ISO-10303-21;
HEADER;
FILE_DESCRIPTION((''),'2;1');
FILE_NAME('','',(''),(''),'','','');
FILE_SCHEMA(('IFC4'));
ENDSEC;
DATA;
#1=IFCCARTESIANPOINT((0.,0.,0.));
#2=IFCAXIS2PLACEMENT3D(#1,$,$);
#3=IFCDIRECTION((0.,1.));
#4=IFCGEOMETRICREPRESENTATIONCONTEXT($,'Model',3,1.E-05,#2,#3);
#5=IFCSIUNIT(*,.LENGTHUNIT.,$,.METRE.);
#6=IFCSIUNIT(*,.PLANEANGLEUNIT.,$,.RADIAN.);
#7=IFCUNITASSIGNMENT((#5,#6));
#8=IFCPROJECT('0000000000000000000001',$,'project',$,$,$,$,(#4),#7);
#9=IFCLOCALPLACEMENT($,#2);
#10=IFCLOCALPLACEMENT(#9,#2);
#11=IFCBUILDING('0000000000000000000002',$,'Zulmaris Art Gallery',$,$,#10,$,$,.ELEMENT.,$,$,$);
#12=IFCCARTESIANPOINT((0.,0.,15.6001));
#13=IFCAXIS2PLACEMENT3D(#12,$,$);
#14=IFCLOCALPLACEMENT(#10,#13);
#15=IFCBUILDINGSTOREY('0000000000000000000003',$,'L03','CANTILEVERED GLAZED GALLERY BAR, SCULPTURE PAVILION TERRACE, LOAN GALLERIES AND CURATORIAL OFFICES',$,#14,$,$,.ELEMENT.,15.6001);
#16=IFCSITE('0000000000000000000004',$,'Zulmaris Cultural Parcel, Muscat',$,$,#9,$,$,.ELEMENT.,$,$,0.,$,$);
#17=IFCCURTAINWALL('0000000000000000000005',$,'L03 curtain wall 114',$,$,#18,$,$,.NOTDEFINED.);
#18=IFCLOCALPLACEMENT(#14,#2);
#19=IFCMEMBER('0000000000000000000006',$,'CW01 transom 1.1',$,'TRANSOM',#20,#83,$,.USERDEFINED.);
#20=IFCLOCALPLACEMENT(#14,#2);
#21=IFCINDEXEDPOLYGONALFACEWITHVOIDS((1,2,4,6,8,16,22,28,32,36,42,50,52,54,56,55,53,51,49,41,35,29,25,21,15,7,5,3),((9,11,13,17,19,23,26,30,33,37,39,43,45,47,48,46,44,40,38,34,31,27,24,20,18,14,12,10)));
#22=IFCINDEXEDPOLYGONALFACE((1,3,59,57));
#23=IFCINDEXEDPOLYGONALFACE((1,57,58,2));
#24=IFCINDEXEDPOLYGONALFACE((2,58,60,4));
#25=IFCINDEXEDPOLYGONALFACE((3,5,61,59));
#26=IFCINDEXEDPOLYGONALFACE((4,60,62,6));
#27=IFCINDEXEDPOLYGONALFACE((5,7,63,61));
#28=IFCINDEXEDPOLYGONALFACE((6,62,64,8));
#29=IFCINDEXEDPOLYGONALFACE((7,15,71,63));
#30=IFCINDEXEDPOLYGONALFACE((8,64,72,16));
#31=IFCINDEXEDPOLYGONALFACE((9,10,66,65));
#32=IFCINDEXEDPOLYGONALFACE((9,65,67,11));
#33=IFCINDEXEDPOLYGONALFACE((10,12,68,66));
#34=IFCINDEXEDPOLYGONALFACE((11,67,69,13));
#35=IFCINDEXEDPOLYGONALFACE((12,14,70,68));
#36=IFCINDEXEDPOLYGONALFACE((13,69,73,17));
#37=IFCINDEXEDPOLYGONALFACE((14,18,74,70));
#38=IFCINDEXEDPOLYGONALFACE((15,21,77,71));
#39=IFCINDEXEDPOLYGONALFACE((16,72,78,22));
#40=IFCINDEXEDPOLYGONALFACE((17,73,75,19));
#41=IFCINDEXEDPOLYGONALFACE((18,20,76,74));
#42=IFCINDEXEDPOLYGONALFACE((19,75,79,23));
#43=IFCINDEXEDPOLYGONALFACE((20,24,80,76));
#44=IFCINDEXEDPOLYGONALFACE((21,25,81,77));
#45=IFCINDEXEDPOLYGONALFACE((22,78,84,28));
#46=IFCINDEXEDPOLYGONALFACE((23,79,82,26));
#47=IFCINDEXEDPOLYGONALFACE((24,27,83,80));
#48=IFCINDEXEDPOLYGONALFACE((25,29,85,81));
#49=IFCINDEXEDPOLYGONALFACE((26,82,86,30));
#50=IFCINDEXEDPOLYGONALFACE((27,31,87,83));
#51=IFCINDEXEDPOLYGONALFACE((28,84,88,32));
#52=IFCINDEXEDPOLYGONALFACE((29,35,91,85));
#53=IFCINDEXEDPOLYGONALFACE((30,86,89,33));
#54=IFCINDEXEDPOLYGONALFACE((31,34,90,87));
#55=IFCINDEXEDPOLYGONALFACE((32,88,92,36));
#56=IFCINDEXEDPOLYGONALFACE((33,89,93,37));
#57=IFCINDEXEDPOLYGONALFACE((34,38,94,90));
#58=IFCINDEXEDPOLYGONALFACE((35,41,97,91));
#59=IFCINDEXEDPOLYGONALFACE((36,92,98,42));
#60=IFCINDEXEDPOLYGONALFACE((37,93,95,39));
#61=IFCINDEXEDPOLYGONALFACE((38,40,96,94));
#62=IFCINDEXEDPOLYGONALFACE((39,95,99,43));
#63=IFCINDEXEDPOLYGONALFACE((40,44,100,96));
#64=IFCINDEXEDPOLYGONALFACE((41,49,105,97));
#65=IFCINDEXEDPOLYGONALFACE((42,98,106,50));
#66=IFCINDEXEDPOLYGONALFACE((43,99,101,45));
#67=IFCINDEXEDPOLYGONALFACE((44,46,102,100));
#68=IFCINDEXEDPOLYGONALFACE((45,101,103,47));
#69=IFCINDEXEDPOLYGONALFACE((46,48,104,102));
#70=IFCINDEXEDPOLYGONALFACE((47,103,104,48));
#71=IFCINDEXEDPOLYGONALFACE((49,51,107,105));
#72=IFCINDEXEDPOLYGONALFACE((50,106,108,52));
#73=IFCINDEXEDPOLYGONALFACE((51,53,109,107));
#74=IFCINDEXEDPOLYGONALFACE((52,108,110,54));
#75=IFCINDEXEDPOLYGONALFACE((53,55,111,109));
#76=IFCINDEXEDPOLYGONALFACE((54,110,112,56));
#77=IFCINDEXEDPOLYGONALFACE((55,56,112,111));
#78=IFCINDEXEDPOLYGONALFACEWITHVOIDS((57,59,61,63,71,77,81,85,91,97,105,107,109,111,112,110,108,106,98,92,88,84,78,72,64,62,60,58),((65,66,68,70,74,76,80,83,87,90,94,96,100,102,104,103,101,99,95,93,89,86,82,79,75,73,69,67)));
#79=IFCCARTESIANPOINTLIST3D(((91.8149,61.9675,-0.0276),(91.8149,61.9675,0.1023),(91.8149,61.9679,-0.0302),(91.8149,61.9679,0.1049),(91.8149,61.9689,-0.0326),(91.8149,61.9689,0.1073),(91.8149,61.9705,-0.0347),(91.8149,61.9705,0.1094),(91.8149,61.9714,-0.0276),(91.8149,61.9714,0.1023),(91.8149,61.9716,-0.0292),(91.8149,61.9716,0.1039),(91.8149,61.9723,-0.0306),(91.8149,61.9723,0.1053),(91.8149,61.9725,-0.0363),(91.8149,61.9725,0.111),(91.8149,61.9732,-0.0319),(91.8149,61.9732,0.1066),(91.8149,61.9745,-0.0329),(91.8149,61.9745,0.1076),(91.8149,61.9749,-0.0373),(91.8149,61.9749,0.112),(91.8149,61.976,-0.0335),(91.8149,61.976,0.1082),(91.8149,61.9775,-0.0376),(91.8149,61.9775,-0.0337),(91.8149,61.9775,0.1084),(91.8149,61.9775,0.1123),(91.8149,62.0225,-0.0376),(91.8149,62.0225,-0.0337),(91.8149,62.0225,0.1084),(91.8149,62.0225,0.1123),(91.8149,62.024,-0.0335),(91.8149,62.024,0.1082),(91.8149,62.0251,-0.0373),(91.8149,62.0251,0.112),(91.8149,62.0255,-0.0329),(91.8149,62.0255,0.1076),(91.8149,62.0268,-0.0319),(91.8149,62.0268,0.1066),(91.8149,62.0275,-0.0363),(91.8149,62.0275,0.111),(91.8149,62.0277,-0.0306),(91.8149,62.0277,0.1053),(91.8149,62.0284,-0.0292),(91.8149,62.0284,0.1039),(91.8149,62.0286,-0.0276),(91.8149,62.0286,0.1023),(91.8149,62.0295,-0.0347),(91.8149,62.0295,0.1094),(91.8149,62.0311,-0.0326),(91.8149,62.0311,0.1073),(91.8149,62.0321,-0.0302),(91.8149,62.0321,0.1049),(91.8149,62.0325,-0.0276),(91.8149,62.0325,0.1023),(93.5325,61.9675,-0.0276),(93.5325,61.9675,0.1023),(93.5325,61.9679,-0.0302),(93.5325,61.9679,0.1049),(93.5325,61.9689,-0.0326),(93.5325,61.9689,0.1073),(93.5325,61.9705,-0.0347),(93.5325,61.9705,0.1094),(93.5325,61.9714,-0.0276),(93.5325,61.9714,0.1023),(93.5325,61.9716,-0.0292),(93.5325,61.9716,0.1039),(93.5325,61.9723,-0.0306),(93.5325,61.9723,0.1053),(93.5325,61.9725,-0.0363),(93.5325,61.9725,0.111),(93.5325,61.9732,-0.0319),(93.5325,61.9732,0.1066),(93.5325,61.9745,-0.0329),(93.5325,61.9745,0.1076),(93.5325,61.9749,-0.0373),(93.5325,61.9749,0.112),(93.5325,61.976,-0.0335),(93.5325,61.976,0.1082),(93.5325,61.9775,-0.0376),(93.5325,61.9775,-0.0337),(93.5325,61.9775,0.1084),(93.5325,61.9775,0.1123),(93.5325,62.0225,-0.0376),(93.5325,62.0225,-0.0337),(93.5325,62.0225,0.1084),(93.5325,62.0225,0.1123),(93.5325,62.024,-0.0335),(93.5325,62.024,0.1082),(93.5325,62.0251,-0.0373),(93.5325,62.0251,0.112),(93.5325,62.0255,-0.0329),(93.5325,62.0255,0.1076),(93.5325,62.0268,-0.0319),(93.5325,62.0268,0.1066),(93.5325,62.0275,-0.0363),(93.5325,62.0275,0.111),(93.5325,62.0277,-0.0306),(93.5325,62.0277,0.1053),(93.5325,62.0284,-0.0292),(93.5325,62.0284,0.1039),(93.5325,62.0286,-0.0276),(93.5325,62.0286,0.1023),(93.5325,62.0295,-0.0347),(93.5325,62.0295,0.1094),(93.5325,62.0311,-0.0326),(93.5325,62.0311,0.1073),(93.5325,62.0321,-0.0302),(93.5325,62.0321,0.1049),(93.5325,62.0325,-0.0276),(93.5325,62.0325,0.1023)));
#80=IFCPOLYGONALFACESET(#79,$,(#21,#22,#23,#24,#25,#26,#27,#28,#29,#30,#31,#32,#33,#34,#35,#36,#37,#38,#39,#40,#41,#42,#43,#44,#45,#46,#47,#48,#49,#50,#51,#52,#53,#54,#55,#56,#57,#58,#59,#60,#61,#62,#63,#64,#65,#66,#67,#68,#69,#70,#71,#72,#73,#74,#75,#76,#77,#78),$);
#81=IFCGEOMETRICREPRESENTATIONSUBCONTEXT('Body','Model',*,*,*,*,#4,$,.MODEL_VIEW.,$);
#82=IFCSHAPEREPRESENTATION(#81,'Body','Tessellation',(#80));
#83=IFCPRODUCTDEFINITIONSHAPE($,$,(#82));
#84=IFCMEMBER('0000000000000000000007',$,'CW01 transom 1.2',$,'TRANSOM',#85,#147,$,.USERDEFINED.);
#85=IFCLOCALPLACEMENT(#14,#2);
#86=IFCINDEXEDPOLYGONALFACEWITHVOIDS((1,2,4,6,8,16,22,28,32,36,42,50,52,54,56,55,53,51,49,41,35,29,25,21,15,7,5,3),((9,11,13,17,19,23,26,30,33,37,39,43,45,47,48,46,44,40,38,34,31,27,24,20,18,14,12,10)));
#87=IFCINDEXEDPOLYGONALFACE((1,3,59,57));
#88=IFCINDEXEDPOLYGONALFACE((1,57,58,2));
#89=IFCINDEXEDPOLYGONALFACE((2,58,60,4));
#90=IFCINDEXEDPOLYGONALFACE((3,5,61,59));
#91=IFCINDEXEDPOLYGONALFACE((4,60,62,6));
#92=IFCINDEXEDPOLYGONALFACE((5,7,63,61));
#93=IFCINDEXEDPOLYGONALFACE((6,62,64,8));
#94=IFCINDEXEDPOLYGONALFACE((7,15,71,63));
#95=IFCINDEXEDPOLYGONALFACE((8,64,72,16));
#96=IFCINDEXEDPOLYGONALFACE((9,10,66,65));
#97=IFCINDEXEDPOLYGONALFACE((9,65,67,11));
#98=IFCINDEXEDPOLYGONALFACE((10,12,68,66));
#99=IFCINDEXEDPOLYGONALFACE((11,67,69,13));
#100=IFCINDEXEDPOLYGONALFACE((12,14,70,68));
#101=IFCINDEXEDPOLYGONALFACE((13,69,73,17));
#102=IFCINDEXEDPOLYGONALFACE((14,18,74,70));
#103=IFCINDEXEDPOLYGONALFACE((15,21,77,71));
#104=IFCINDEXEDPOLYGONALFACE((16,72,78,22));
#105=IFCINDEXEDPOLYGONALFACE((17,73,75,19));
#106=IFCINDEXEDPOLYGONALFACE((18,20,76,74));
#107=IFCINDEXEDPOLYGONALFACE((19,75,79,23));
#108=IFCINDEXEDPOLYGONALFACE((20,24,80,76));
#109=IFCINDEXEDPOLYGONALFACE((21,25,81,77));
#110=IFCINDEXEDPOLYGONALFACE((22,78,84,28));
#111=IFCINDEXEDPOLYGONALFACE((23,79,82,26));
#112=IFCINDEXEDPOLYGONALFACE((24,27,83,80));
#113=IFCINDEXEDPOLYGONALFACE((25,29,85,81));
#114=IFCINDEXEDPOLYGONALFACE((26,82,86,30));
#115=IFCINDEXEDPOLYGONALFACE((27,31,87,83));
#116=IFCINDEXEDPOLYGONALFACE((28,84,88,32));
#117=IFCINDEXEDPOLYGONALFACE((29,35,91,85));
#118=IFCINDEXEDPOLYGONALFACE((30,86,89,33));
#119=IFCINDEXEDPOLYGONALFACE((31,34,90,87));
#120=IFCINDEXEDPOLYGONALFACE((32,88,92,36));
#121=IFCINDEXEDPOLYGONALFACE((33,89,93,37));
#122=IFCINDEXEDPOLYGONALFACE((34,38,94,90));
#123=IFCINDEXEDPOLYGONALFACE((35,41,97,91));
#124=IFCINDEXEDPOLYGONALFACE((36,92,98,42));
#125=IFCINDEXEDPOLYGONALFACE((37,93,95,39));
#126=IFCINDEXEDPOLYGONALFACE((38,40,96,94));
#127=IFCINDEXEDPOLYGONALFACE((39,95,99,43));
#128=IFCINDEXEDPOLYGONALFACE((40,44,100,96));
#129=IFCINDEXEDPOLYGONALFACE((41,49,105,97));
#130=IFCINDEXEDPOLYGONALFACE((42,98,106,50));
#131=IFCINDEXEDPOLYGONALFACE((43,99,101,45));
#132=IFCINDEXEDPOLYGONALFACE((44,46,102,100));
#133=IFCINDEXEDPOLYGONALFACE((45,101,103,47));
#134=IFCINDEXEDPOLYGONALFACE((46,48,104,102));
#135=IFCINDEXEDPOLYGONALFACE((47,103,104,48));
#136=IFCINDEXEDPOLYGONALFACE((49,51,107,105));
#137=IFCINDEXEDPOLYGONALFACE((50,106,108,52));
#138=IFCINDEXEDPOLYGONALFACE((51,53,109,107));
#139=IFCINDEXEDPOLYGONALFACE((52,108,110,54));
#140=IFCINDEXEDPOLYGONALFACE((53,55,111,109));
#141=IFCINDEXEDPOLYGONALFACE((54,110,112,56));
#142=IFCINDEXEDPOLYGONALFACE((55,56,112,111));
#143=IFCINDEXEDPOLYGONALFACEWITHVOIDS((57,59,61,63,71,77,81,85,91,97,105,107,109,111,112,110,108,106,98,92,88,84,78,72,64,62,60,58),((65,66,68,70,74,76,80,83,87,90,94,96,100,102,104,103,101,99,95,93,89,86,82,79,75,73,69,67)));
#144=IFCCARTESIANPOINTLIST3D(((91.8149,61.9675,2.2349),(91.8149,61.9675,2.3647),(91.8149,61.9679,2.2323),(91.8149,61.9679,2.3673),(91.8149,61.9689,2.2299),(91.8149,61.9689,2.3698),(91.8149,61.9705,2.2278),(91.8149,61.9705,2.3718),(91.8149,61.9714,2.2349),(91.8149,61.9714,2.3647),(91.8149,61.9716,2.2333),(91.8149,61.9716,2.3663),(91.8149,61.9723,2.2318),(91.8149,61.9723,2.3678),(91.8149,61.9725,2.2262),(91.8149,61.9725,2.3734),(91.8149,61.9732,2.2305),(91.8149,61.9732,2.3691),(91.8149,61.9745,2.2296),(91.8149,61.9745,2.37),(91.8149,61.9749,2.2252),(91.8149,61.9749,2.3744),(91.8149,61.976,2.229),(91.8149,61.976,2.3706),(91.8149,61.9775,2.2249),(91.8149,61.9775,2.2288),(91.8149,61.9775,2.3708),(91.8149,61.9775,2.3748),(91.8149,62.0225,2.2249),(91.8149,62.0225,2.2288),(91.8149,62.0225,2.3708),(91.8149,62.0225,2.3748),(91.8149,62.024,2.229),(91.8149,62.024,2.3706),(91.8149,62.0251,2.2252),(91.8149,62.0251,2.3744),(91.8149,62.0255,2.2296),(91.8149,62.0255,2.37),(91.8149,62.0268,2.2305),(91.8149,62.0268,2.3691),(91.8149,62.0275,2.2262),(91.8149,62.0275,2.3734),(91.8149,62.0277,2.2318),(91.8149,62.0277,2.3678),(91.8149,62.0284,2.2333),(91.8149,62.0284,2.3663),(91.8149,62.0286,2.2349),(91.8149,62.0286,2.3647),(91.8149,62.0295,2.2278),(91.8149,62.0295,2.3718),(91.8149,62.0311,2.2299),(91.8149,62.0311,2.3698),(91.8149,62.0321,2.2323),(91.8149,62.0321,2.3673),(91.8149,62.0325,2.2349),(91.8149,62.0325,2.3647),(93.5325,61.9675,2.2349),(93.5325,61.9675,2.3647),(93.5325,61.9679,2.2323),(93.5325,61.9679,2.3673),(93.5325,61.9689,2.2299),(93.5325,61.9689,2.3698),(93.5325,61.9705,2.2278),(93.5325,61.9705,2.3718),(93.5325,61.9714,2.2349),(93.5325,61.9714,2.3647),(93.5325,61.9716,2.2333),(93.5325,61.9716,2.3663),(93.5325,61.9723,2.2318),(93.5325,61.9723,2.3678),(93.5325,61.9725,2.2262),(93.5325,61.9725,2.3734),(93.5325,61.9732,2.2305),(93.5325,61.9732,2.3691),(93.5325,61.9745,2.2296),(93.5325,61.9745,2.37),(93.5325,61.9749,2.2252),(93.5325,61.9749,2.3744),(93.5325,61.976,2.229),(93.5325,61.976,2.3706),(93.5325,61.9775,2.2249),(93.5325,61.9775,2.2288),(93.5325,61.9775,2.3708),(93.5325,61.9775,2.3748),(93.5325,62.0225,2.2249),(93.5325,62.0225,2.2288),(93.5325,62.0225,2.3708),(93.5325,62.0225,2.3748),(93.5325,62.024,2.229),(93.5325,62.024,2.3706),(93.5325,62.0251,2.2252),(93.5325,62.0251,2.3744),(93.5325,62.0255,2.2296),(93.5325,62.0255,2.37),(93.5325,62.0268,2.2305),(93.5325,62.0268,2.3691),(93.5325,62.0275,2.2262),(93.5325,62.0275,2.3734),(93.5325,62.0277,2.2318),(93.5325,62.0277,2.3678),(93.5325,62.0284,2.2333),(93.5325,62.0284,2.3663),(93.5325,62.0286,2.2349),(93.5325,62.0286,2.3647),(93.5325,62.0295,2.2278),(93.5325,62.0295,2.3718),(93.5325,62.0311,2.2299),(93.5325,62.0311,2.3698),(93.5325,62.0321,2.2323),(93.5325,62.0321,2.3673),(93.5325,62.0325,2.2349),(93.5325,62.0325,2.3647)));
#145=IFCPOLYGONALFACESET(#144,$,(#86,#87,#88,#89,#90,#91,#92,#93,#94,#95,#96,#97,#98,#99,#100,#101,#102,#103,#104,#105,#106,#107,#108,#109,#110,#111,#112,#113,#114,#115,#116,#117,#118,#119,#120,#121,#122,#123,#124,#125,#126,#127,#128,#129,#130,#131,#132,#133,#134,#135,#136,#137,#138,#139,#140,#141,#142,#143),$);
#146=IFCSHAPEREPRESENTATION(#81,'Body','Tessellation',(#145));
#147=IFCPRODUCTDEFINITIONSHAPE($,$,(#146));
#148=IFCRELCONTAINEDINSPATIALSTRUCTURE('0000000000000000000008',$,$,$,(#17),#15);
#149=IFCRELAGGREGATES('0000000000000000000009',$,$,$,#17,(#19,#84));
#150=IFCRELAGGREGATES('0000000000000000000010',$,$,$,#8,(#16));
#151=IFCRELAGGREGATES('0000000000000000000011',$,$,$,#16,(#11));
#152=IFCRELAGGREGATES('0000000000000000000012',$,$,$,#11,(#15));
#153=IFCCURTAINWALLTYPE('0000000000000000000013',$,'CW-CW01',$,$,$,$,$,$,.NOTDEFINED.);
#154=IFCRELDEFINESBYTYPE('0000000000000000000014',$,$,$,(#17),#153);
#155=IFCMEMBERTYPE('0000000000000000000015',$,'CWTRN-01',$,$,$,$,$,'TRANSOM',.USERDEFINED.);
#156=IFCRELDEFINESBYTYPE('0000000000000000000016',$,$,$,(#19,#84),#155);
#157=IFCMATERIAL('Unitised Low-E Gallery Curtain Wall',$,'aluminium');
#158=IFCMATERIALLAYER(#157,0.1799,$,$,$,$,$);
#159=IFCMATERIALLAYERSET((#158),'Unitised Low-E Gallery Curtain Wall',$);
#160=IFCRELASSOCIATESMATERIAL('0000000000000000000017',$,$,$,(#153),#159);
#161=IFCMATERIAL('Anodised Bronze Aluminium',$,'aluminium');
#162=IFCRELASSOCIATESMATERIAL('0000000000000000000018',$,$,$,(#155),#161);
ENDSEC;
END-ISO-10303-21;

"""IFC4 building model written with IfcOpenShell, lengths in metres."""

from ifc_helpers import new_model, si_unit, direction, frame, origin, origin_2d, place, context, subcontext, project, spatial, hollow_rectangle, extrude, material, layer, layer_set, material_profile, profile_set, type_object, element, aggregate, save


model = new_model("IFC4")

# Units and contexts
model_context = context("Model", 3, precision=1e-05, world=origin(), true_north=direction((0.0, 1.0)))
body_context = subcontext(model_context, "Body", "Model", "MODEL_VIEW")
ifc_project = project(units=[si_unit("LENGTHUNIT", "METRE"), si_unit("PLANEANGLEUNIT", "RADIAN")], contexts=[model_context])

# Site, building, storey
site_placement = place(None, origin())
site = spatial("IfcSite", under=ifc_project, at=site_placement, Name="Zulmaris Cultural Parcel, Muscat", CompositionType="ELEMENT", RefElevation=0.0)
building_placement = place(site_placement, origin())
building = spatial("IfcBuilding", under=site, at=building_placement, Name="Zulmaris Art Gallery", CompositionType="ELEMENT")
storey_placement = place(building_placement, frame((0.0, 0.0, 15.6001)))
storey = spatial("IfcBuildingStorey", under=building, at=storey_placement, Name="L03", Description="CANTILEVERED GLAZED GALLERY BAR, SCULPTURE PAVILION TERRACE, LOAN GALLERIES AND CURATORIAL OFFICES", CompositionType="ELEMENT", Elevation=15.6001)

# Curtain wall, members
ifc_material_1 = material(Name="Unitised Low-E Gallery Curtain Wall", Category="aluminium")
ifc_layer_1 = layer(ifc_material_1, 0.1799)
ifc_layer_set_1 = layer_set([ifc_layer_1], Name="Unitised Low-E Gallery Curtain Wall")
curtain_wall_type = type_object("IfcCurtainWallType", Name="CW-CW01", PredefinedType="NOTDEFINED", material=ifc_layer_set_1)
curtain_wall_placement = place(storey_placement, origin())
curtain_wall = element("IfcCurtainWall", 1, at=curtain_wall_placement, inside=storey, type_object=curtain_wall_type, Name="L03 curtain wall 114", PredefinedType="NOTDEFINED")
ifc_material_2 = material(Name="Anodised Bronze Aluminium", Category="aluminium")
ifc_material_profile_1 = material_profile(ifc_material_2, hollow_rectangle(XDim=0.0649, YDim=0.1499, WallThickness=0.0039, InnerFilletRadius=0.0061, OuterFilletRadius=0.01, at=origin_2d()), Name="ALU 65x150x4")
ifc_profile_set_1 = profile_set([ifc_material_profile_1], Name="Anodised Bronze Aluminium")
member_type_1 = type_object("IfcMemberType", Name="CWTRN-01", ElementType="TRANSOM", PredefinedType="USERDEFINED", material=ifc_profile_set_1)
member_1_placement = place(storey_placement, frame((91.8149, 62.0, 0.0374), z_axis=(1.0, 0.0, 0.0), x_axis=(0.0, 1.0, 0.0)))
member_1 = element("IfcMember", 2, at=member_1_placement, type_object=member_type_1, Name="CW01 transom 1.1", ObjectType="TRANSOM", PredefinedType="USERDEFINED", context=body_context, shape_type="SweptSolid", body=[
    extrude(hollow_rectangle(XDim=0.0649, YDim=0.1499, WallThickness=0.0039, InnerFilletRadius=0.0061, OuterFilletRadius=0.01, at=origin_2d()), origin(), (0.0, 0.0, 1.0), 1.7175),
])
member_2_placement = place(storey_placement, frame((91.8149, 62.0, 2.2998), z_axis=(1.0, 0.0, 0.0), x_axis=(0.0, 1.0, 0.0)))
member_2 = element("IfcMember", 3, at=member_2_placement, type_object=member_type_1, Name="CW01 transom 1.2", ObjectType="TRANSOM", PredefinedType="USERDEFINED", context=body_context, shape_type="SweptSolid", body=[
    extrude(hollow_rectangle(XDim=0.0649, YDim=0.1499, WallThickness=0.0039, InnerFilletRadius=0.0061, OuterFilletRadius=0.01, at=origin_2d()), origin(), (0.0, 0.0, 1.0), 1.7175),
])
aggregate(curtain_wall, [member_1, member_2])

save(model, "model.ifc")
